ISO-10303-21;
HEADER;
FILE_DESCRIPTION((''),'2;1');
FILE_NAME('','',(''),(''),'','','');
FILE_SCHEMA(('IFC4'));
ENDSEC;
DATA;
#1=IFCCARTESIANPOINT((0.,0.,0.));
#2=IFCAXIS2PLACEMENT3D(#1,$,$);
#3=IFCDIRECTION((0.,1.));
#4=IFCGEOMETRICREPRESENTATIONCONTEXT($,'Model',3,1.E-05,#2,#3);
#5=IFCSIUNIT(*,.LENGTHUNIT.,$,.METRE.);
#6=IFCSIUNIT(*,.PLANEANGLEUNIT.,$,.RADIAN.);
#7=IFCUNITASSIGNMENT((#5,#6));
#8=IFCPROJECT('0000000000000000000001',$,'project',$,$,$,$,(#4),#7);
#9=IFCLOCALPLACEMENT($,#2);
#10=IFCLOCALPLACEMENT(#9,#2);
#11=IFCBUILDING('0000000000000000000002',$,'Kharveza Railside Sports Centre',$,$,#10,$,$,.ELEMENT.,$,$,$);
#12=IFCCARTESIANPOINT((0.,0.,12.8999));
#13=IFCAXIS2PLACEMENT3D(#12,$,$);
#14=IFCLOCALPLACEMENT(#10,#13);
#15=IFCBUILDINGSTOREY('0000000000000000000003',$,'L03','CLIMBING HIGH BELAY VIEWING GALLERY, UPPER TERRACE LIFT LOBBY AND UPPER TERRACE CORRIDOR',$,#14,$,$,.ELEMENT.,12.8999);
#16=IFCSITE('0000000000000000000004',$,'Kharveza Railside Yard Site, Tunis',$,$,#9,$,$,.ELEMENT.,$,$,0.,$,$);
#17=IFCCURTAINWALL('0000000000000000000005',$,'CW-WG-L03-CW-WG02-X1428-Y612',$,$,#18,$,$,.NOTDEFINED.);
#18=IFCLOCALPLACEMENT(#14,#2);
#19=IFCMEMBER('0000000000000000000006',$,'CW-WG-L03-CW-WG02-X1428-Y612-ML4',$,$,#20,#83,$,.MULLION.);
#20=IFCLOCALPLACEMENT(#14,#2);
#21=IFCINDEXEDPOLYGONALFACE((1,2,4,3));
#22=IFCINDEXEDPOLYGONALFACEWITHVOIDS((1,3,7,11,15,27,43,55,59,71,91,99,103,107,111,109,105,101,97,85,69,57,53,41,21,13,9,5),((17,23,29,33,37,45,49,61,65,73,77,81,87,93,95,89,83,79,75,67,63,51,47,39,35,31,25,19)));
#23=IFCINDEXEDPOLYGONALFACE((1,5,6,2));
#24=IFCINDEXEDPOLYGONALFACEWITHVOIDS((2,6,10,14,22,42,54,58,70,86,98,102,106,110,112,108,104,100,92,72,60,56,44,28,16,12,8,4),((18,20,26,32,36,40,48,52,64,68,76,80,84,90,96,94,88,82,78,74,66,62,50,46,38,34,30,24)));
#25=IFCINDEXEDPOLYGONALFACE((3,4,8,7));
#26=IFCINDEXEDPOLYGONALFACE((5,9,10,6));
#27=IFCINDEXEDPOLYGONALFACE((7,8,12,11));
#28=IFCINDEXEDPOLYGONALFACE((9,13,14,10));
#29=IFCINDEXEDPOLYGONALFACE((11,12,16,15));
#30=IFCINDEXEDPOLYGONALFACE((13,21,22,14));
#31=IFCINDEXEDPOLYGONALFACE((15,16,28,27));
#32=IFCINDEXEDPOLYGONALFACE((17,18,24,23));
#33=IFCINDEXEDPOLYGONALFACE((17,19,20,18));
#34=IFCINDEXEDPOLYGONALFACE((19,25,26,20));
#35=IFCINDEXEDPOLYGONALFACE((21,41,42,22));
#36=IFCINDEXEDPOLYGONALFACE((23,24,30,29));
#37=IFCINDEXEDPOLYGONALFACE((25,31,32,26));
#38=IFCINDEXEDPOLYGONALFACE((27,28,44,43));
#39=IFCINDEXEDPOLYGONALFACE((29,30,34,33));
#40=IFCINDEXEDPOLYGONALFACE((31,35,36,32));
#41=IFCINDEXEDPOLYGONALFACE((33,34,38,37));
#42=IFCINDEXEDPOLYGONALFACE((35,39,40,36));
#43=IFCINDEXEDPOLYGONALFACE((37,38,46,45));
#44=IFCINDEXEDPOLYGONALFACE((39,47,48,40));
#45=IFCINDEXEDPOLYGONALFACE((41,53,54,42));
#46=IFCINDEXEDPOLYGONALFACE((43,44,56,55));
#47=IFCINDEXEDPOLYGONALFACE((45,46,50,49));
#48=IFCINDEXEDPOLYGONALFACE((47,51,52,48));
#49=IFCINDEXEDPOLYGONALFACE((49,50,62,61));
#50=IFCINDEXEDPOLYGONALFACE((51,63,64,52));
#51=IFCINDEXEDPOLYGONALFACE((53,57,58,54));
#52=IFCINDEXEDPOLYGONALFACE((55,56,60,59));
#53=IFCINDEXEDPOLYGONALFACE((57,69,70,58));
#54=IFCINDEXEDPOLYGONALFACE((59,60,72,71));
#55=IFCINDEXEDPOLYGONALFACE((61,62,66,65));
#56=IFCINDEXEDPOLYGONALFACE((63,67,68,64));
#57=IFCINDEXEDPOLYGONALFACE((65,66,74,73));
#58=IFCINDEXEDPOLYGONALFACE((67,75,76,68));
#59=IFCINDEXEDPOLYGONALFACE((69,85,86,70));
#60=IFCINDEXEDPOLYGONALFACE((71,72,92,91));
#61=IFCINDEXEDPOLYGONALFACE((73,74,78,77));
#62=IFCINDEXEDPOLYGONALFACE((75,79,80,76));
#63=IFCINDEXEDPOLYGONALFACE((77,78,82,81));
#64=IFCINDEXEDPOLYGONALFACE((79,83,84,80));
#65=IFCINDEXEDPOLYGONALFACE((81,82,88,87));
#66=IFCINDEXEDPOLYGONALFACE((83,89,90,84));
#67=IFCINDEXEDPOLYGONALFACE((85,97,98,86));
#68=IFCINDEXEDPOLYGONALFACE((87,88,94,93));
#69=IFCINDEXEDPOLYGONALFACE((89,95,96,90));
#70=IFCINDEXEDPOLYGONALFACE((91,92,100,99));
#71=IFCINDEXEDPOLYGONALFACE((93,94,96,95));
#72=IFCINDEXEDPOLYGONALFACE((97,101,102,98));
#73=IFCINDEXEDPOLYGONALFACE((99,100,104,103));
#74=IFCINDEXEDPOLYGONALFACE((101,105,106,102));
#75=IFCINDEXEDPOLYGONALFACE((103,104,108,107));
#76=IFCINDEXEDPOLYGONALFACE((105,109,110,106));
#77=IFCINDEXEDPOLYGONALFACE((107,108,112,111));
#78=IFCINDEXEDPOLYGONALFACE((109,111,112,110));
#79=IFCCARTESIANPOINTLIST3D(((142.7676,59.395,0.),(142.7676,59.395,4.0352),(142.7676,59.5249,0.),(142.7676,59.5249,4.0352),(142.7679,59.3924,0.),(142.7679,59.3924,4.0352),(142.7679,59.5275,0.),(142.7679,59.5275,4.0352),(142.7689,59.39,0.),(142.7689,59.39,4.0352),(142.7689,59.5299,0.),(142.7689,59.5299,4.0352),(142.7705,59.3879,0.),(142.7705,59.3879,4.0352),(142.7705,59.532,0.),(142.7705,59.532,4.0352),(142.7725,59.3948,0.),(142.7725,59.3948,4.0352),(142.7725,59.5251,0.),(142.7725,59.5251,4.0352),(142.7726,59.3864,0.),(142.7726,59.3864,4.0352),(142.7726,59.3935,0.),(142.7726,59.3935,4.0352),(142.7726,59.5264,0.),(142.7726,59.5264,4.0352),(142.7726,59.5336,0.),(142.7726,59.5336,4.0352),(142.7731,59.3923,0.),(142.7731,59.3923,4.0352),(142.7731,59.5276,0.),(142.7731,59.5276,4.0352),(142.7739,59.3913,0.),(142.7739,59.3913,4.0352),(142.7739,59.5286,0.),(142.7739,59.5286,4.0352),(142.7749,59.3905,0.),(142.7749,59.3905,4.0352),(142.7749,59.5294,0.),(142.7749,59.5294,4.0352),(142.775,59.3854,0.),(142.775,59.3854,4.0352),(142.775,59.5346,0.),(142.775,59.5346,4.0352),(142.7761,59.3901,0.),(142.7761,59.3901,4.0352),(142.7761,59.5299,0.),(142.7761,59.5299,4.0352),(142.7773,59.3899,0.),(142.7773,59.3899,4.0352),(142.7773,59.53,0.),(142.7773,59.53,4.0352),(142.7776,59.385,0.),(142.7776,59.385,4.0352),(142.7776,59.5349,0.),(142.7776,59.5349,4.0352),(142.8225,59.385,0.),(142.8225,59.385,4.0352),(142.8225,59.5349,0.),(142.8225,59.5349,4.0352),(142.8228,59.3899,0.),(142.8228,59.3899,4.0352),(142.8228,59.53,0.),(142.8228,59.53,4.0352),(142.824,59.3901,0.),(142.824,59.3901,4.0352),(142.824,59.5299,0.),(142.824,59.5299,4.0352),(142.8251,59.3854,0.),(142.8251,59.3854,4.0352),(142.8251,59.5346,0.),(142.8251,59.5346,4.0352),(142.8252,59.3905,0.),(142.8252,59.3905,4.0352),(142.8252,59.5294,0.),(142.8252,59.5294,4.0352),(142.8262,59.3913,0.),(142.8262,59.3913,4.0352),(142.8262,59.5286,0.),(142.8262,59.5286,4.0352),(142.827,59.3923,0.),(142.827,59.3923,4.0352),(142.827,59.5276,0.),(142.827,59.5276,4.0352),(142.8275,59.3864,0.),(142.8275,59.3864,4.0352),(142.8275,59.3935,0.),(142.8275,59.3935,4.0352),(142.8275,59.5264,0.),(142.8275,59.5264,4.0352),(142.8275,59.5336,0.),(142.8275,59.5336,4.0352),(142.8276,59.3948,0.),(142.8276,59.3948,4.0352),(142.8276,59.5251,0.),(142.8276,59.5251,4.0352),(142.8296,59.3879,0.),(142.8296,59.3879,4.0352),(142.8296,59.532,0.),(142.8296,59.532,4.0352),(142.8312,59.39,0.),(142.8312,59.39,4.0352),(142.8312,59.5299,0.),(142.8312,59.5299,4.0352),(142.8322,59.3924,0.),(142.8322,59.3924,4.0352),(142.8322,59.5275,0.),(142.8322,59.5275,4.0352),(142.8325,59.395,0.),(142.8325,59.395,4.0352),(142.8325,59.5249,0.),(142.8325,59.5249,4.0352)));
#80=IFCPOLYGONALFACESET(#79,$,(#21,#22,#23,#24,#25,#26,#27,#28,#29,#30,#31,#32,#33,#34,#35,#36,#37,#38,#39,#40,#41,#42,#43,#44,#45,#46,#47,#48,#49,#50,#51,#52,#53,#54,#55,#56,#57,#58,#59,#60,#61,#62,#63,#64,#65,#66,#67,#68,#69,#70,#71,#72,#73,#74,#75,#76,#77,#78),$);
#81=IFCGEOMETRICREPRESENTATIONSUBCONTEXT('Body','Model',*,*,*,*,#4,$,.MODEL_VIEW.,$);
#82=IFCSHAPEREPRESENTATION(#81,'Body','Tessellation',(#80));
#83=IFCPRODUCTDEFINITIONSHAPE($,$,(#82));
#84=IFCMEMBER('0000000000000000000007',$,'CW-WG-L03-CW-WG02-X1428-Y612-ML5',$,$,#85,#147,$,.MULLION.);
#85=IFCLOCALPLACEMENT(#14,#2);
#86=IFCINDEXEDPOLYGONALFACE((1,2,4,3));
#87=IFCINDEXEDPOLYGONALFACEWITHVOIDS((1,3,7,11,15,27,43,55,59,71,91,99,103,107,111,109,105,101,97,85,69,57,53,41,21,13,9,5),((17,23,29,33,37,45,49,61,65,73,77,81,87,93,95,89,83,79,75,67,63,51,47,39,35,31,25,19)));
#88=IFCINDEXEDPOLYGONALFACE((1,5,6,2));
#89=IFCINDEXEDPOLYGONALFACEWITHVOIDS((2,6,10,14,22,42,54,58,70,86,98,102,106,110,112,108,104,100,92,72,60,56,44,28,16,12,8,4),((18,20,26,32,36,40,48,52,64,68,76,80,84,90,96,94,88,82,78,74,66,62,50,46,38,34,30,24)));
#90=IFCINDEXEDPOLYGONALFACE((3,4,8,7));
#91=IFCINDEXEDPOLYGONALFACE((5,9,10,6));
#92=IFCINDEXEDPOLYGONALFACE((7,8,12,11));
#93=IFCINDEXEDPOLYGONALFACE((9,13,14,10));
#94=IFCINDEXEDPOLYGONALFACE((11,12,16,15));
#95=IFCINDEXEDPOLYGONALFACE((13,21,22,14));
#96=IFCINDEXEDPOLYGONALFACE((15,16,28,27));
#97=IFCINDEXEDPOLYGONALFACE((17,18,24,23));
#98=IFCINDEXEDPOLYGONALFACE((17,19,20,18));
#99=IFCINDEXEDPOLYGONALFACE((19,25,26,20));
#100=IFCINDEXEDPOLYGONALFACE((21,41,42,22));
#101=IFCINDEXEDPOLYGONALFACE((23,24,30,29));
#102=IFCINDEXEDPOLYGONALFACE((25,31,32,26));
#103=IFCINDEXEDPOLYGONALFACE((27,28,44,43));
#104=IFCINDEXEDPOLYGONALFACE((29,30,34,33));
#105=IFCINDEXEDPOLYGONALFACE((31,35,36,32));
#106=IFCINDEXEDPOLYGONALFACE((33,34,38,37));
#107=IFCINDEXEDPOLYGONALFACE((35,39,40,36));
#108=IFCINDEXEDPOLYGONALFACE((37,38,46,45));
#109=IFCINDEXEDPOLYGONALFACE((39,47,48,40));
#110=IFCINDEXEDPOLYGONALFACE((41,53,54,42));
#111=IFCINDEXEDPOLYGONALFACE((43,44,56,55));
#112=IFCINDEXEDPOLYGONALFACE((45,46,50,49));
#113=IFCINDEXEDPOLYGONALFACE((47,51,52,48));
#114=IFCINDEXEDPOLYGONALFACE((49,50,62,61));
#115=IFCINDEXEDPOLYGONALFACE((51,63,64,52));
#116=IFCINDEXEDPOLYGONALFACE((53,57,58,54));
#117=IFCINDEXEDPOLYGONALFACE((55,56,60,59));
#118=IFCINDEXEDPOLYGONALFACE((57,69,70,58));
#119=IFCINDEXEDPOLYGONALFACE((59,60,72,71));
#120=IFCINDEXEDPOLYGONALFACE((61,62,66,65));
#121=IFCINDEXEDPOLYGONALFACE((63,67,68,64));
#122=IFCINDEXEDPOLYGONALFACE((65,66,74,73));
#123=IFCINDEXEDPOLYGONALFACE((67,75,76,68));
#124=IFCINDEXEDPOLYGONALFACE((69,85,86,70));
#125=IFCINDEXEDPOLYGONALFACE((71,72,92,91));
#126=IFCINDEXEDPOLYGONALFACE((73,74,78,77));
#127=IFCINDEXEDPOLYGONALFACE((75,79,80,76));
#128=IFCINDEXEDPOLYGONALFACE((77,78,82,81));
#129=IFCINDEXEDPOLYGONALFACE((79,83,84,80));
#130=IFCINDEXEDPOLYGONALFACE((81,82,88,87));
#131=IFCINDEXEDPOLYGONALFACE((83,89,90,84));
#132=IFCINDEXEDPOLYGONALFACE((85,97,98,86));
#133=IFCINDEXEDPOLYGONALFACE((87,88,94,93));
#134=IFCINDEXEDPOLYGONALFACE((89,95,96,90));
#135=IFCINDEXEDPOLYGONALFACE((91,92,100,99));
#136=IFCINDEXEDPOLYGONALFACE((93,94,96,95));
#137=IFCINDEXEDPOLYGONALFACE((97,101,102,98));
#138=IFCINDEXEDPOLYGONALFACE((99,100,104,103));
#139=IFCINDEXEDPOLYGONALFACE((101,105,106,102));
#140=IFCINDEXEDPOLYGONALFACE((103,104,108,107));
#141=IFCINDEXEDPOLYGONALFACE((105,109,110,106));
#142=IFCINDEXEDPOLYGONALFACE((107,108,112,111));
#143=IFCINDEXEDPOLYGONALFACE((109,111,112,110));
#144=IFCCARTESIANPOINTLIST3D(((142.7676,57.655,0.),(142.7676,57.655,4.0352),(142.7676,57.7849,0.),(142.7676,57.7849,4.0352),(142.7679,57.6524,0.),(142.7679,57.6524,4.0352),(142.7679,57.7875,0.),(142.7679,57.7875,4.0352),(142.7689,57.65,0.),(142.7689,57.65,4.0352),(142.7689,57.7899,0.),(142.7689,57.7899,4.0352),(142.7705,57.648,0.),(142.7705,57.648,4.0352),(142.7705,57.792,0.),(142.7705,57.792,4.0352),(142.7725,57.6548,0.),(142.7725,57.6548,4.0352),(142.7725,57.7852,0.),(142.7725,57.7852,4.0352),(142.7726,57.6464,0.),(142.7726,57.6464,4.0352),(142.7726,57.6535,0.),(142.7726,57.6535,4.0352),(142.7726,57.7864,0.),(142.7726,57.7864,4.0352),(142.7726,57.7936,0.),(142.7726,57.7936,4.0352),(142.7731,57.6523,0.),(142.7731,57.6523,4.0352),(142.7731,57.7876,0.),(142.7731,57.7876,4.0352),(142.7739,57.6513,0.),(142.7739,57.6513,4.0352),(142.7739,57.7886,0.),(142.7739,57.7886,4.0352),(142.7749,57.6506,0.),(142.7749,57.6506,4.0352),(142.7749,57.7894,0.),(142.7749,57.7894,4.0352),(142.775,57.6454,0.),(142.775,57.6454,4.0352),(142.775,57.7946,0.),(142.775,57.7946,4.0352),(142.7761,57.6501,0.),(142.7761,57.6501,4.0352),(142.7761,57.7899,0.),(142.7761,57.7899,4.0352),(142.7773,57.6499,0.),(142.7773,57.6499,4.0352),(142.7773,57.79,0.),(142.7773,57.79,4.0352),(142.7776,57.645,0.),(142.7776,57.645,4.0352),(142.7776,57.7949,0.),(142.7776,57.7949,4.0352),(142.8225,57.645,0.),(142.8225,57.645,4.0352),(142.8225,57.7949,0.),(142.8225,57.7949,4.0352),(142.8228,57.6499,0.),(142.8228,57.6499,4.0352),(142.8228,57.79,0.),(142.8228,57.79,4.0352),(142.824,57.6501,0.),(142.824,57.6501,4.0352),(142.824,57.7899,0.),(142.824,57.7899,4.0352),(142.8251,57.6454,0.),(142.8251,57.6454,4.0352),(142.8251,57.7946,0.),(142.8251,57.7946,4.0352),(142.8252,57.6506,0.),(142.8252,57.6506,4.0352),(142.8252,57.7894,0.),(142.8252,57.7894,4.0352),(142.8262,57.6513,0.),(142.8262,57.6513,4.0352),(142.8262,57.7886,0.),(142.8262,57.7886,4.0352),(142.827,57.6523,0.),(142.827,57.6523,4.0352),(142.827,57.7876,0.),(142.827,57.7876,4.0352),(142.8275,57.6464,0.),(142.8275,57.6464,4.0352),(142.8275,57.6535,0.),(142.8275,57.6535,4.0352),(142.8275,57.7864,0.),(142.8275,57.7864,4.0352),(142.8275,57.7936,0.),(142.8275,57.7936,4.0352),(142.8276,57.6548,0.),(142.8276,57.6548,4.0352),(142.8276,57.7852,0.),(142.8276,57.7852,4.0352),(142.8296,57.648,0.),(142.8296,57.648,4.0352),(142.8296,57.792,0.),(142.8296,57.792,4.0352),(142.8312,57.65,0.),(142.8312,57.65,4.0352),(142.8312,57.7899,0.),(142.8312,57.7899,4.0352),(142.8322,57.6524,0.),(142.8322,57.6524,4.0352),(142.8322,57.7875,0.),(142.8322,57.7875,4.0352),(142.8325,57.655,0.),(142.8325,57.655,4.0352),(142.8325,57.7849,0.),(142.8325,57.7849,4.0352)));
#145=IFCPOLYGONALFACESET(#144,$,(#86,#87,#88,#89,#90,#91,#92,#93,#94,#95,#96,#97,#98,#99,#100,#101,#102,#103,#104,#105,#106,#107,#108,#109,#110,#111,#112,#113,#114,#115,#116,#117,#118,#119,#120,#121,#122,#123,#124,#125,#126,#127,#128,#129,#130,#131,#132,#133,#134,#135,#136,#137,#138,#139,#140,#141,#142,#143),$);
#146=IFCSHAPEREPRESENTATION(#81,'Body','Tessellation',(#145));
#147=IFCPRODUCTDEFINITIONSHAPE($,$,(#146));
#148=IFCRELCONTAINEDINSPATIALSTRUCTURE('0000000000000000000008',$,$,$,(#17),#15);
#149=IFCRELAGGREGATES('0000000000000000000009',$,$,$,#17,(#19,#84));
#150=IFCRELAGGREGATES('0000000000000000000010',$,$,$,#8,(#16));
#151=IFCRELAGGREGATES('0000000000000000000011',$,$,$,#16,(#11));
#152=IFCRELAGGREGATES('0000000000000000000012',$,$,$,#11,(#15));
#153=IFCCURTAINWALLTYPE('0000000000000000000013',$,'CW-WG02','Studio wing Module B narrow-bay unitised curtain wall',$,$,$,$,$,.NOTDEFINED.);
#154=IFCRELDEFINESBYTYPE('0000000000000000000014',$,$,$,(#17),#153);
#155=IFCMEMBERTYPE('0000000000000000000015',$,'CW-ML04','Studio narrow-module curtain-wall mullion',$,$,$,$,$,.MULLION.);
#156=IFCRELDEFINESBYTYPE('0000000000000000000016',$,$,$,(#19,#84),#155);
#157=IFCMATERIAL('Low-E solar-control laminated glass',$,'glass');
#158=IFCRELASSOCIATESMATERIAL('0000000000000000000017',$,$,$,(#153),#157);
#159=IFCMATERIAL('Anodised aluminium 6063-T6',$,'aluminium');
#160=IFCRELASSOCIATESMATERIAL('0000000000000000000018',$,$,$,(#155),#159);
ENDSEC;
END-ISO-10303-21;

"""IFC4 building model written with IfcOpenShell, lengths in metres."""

from ifc_helpers import new_model, si_unit, direction, frame, origin, origin_2d, place, context, subcontext, project, spatial, hollow_rectangle, extrude, material, material_profile, profile_set, type_object, element, aggregate, save


model = new_model("IFC4")

# Units and contexts
model_context = context("Model", 3, precision=1e-05, world=origin(), true_north=direction((0.0, 1.0)))
body_context = subcontext(model_context, "Body", "Model", "MODEL_VIEW")
ifc_project = project(units=[si_unit("LENGTHUNIT", "METRE"), si_unit("PLANEANGLEUNIT", "RADIAN")], contexts=[model_context])

# Site, building, storey
site_placement = place(None, origin())
site = spatial("IfcSite", under=ifc_project, at=site_placement, Name="Kharveza Railside Yard Site, Tunis", CompositionType="ELEMENT", RefElevation=0.0)
building_placement = place(site_placement, origin())
building = spatial("IfcBuilding", under=site, at=building_placement, Name="Kharveza Railside Sports Centre", CompositionType="ELEMENT")
storey_placement = place(building_placement, frame((0.0, 0.0, 12.8999)))
storey = spatial("IfcBuildingStorey", under=building, at=storey_placement, Name="L03", Description="CLIMBING HIGH BELAY VIEWING GALLERY, UPPER TERRACE LIFT LOBBY AND UPPER TERRACE CORRIDOR", CompositionType="ELEMENT", Elevation=12.8999)

# Curtain wall, members
ifc_material_1 = material(Name="Low-E solar-control laminated glass", Category="glass")
curtain_wall_type = type_object("IfcCurtainWallType", Name="CW-WG02", Description="Studio wing Module B narrow-bay unitised curtain wall", PredefinedType="NOTDEFINED", material=ifc_material_1)
ifc_material_2 = material(Name="Anodised aluminium 6063-T6", Category="aluminium")
ifc_material_profile_1 = material_profile(ifc_material_2, hollow_rectangle(XDim=0.0649, YDim=0.1499, WallThickness=0.0049, InnerFilletRadius=0.0049, OuterFilletRadius=0.01, at=origin_2d()), Name="RHS 65x150x5.0")
ifc_profile_set_1 = profile_set([ifc_material_profile_1], Name="Anodised aluminium 6063-T6")
member_type_1 = type_object("IfcMemberType", Name="CW-ML04", Description="Studio narrow-module curtain-wall mullion", PredefinedType="MULLION", material=ifc_profile_set_1)
curtain_wall_1_placement = place(storey_placement, origin())
curtain_wall_1 = element("IfcCurtainWall", 1, at=curtain_wall_1_placement, inside=storey, type_object=curtain_wall_type, Name="CW-WG-L03-CW-WG02-X1428-Y612", PredefinedType="NOTDEFINED")
member_1_placement = place(storey_placement, frame((142.8, 59.46, 0.0), z_axis=(0.0, 0.0, 1.0), x_axis=(1.0, 0.0, 0.0)))
member_1 = element("IfcMember", 2, at=member_1_placement, type_object=member_type_1, Name="CW-WG-L03-CW-WG02-X1428-Y612-ML4", PredefinedType="MULLION", context=body_context, shape_type="SweptSolid", body=[
    extrude(hollow_rectangle(XDim=0.0649, YDim=0.1499, WallThickness=0.0049, InnerFilletRadius=0.0049, OuterFilletRadius=0.01, at=origin_2d()), origin(), (0.0, 0.0, 1.0), 4.0352),
])
member_2_placement = place(storey_placement, frame((142.8, 57.72, 0.0), z_axis=(0.0, 0.0, 1.0), x_axis=(1.0, 0.0, 0.0)))
member_2 = element("IfcMember", 3, at=member_2_placement, type_object=member_type_1, Name="CW-WG-L03-CW-WG02-X1428-Y612-ML5", PredefinedType="MULLION", context=body_context, shape_type="SweptSolid", body=[
    extrude(hollow_rectangle(XDim=0.0649, YDim=0.1499, WallThickness=0.0049, InnerFilletRadius=0.0049, OuterFilletRadius=0.01, at=origin_2d()), origin(), (0.0, 0.0, 1.0), 4.0352),
])

aggregate(curtain_wall_1, [member_1, member_2])

save(model, "model.ifc")
